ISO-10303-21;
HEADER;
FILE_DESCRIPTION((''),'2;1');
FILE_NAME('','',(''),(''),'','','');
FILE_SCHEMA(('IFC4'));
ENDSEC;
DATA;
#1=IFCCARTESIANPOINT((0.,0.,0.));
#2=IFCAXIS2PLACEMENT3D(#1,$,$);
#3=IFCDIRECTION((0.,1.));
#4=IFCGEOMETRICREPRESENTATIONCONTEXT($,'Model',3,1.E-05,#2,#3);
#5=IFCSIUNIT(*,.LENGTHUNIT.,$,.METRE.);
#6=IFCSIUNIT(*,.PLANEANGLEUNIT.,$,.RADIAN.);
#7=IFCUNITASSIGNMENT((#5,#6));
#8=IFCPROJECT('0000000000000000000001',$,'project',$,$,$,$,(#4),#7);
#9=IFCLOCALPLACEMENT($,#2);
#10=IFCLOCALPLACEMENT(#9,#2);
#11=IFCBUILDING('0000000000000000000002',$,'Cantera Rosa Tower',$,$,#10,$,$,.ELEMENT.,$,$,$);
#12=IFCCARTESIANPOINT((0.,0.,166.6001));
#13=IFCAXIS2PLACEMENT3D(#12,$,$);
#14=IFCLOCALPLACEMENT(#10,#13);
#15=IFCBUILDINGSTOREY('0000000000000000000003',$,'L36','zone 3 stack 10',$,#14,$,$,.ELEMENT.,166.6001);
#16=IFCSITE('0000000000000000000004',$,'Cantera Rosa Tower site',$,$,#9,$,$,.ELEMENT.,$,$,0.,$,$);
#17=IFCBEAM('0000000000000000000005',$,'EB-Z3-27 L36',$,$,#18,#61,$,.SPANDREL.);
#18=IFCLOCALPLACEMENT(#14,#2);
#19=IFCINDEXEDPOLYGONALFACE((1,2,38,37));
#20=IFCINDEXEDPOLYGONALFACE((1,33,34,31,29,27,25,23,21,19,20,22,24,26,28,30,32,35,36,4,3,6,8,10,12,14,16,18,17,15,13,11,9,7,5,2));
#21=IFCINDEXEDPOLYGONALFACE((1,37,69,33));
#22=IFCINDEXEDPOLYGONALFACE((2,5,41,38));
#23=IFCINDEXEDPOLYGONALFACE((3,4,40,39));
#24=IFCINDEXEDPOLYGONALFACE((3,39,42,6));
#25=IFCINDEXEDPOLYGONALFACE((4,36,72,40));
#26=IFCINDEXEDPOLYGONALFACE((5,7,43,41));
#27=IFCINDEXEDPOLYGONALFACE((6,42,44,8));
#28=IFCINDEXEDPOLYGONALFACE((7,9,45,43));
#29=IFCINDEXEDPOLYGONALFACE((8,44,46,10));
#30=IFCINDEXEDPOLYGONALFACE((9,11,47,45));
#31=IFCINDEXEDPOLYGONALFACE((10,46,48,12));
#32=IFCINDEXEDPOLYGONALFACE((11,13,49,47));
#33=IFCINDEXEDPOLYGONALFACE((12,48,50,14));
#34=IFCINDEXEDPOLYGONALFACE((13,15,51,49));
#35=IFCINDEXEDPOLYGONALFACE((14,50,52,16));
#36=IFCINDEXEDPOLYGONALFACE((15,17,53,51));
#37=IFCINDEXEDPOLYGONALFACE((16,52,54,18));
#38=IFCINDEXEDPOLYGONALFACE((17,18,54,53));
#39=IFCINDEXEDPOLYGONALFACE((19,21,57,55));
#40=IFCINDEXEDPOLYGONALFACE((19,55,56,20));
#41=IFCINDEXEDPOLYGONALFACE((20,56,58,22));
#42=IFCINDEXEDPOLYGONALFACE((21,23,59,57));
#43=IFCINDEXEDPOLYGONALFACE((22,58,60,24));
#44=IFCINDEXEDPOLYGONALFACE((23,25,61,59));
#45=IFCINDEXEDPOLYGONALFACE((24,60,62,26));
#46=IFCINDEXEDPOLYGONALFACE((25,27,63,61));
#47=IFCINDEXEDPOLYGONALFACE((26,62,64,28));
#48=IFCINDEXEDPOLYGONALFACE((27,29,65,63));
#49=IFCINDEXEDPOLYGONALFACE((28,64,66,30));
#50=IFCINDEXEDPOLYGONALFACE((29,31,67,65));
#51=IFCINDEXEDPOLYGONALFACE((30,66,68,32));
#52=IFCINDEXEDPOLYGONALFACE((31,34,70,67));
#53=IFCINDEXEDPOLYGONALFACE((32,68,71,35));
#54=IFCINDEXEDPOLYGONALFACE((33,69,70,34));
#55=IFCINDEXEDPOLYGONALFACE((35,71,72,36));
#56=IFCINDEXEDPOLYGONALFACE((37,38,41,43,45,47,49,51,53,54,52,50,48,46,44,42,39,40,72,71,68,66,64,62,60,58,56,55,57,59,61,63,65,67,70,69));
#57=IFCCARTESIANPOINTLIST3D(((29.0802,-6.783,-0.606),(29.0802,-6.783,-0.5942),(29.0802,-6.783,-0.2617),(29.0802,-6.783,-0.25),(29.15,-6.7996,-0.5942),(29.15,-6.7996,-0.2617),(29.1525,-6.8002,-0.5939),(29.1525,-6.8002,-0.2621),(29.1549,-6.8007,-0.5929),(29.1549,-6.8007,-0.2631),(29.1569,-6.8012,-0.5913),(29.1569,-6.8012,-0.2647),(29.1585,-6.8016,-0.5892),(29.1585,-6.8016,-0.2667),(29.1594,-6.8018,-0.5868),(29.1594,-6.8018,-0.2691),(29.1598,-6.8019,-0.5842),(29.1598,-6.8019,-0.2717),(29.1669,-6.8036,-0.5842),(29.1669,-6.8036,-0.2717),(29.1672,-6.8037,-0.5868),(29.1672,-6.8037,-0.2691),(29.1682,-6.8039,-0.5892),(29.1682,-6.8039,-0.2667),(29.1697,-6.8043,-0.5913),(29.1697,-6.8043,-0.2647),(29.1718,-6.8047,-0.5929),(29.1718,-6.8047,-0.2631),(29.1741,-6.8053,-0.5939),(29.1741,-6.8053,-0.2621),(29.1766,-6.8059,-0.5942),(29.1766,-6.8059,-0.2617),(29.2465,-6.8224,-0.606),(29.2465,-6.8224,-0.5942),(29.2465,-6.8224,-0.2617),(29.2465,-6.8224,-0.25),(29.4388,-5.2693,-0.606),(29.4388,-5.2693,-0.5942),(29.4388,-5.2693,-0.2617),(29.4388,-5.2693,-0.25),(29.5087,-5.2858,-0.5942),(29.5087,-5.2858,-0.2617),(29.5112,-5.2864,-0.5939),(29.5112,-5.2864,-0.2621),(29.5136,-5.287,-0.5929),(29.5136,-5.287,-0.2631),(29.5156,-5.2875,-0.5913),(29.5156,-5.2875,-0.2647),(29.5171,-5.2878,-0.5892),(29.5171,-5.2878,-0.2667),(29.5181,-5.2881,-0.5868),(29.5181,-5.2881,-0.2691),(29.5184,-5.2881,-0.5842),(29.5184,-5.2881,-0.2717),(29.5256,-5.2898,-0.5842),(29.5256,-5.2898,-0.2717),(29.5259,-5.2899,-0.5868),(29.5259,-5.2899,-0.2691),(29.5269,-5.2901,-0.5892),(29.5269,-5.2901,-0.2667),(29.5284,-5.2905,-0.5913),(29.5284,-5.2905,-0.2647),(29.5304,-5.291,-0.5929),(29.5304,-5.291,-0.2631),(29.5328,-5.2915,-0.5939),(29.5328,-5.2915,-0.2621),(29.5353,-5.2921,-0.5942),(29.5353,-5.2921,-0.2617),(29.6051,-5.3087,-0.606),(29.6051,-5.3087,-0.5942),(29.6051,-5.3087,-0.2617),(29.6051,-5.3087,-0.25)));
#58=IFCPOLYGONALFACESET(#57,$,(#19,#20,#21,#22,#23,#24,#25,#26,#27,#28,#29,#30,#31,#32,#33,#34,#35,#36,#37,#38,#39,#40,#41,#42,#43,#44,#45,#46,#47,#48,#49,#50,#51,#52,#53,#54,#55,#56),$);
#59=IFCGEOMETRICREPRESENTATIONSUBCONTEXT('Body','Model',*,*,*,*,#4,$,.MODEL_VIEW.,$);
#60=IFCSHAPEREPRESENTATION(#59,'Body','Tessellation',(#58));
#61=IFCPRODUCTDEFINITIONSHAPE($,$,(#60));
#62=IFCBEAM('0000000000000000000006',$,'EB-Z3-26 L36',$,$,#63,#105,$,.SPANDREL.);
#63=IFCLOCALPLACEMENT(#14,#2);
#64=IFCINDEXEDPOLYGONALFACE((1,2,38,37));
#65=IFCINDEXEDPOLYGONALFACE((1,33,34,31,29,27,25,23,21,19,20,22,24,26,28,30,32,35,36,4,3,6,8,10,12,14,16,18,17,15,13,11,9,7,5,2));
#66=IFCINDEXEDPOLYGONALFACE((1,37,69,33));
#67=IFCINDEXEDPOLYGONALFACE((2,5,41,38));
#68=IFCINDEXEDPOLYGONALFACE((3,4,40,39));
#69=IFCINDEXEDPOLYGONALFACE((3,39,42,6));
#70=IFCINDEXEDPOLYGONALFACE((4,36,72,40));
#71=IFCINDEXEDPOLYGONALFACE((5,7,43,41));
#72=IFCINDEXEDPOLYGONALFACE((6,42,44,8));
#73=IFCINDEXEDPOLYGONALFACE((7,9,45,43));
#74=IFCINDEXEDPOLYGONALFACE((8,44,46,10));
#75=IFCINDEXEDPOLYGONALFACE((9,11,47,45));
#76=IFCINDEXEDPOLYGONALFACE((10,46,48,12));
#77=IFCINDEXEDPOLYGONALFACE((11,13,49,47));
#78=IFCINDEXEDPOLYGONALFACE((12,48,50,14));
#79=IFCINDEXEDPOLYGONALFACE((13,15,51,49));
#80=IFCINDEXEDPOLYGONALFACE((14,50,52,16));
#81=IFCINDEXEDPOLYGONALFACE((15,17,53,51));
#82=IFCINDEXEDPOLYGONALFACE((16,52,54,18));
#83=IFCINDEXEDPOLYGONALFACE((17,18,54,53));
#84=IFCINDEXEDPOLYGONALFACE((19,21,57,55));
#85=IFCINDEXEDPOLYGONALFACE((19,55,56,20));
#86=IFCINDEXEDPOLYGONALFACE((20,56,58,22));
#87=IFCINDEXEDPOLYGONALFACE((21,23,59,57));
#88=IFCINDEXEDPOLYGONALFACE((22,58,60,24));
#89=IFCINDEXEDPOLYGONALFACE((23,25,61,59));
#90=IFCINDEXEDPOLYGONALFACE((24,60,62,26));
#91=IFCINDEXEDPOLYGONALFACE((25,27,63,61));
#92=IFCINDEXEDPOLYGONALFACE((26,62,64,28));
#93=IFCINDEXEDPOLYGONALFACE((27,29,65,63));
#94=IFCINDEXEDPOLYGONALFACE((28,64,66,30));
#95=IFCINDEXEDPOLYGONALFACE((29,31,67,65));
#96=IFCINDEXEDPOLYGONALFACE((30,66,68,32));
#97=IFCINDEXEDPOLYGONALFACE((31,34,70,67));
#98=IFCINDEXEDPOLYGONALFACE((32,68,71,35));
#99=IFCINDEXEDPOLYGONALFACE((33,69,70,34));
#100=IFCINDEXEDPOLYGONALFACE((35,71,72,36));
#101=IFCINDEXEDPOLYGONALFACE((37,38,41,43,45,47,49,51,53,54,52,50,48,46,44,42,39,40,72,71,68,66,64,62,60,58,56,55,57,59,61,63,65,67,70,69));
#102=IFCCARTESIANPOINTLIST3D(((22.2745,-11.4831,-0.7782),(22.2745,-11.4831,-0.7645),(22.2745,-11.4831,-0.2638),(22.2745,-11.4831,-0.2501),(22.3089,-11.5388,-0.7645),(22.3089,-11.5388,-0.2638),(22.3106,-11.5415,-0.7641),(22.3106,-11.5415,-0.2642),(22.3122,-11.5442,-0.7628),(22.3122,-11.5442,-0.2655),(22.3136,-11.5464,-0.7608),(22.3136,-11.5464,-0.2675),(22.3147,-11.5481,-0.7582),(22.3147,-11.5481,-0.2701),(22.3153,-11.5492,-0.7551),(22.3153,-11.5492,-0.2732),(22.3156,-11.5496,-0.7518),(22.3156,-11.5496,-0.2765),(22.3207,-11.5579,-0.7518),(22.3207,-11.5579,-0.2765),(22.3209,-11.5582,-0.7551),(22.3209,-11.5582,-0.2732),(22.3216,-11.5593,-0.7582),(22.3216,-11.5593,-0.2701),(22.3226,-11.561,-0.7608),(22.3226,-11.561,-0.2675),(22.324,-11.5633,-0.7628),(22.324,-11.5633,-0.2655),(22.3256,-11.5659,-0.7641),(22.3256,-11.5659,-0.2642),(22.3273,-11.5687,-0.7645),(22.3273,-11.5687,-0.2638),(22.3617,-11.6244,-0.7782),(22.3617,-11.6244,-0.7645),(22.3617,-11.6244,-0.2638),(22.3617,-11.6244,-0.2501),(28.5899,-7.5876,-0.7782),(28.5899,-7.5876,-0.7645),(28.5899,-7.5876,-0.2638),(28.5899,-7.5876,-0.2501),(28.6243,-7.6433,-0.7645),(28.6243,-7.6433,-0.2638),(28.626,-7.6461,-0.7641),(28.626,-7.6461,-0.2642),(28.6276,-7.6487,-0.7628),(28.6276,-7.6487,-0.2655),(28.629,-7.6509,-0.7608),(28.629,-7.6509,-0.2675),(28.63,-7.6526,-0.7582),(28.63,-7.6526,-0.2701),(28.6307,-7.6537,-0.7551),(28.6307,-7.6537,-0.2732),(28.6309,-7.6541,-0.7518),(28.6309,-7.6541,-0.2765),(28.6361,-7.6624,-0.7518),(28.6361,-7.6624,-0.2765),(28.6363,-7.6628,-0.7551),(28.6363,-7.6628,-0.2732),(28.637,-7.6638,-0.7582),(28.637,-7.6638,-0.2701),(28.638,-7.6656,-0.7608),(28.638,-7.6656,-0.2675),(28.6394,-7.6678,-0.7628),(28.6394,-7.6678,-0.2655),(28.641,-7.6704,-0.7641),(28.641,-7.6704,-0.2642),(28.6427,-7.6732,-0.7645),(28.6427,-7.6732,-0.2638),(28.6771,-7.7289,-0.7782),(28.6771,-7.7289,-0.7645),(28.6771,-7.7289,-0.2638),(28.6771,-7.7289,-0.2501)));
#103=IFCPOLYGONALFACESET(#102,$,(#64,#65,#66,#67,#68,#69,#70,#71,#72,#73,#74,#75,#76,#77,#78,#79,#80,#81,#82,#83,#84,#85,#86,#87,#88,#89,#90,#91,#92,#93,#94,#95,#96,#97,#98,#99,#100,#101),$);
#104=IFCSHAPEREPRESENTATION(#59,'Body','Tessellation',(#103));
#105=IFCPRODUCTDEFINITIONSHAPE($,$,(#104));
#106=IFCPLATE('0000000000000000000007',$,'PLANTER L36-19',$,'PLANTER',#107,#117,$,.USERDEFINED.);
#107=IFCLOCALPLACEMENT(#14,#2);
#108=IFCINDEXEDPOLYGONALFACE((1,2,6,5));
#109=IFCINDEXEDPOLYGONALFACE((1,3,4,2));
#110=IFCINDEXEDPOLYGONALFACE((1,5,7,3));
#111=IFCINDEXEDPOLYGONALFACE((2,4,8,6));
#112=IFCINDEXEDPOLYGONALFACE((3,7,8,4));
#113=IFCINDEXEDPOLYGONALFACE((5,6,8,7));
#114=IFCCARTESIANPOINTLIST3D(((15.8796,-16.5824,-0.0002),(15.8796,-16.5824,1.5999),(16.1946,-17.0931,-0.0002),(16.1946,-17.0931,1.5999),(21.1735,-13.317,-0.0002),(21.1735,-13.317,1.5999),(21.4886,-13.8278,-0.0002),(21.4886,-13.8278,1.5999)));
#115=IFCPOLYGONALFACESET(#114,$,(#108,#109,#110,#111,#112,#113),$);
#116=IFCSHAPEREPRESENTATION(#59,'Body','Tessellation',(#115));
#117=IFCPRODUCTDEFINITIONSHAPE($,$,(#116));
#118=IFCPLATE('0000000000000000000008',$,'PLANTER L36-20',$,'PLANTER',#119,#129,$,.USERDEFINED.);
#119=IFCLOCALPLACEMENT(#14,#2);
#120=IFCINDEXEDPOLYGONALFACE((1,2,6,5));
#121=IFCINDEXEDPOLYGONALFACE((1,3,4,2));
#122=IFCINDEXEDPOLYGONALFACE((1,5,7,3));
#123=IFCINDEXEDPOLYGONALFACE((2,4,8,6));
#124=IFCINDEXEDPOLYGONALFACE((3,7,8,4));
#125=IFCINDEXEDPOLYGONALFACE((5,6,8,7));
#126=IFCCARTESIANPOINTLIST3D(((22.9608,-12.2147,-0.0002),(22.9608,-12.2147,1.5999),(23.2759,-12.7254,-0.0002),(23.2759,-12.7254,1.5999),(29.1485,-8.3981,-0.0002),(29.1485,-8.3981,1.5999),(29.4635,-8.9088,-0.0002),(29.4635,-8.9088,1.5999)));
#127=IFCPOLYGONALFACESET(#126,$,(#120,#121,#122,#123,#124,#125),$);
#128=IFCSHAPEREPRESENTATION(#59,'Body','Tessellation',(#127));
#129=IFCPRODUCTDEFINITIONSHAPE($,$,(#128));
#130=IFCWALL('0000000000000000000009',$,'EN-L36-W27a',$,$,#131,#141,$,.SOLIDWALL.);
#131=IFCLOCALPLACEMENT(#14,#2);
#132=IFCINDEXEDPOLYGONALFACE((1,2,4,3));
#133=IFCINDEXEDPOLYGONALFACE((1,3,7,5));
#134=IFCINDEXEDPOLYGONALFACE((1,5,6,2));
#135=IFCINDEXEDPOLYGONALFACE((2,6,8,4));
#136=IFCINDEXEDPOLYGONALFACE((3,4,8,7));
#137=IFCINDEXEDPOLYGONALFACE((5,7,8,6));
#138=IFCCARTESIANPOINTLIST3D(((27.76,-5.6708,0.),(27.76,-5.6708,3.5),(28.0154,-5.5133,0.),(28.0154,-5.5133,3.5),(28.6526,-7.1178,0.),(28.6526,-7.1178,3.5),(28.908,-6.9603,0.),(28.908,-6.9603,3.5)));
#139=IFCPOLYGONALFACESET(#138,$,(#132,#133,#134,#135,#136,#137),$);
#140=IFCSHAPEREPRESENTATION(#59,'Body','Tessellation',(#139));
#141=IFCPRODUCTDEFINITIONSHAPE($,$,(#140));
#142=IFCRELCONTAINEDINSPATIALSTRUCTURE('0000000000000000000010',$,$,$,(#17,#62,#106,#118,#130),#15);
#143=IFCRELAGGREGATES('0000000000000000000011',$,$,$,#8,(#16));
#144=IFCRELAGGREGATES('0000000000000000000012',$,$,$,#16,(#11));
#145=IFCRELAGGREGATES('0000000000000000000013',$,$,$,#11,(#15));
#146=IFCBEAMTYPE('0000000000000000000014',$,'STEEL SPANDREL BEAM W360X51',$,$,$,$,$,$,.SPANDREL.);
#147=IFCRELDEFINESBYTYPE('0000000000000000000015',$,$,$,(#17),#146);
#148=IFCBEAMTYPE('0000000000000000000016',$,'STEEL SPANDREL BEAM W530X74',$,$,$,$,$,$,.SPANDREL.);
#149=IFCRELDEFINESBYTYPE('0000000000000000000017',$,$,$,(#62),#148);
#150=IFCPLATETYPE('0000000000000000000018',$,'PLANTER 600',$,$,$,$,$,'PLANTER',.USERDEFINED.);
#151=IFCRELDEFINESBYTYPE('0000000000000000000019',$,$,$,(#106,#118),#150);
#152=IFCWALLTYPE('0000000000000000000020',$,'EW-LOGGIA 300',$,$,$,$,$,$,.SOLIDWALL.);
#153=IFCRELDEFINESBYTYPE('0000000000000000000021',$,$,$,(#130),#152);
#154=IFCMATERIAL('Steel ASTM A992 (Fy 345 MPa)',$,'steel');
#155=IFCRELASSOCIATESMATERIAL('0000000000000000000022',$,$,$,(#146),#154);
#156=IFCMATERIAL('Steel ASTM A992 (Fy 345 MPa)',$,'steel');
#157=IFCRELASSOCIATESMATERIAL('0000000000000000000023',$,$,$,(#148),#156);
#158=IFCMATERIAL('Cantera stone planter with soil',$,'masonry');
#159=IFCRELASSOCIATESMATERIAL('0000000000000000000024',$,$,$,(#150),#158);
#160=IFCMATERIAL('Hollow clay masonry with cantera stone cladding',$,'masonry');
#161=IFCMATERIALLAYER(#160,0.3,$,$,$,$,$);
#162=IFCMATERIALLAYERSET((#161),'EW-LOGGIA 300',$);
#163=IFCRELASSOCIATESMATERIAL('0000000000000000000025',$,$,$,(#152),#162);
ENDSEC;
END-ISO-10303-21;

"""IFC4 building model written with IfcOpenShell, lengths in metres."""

from ifc_helpers import new_model, si_unit, direction, frame, frame_2d, origin, origin_2d, place, context, subcontext, project, spatial, rectangle, i_section, extrude, material, layer, layer_set, material_profile, profile_set, type_object, element, save


model = new_model("IFC4")

# Units and contexts
model_context = context("Model", 3, precision=1e-05, world=origin(), true_north=direction((0.0, 1.0)))
body_context = subcontext(model_context, "Body", "Model", "MODEL_VIEW")
ifc_project = project(units=[si_unit("LENGTHUNIT", "METRE"), si_unit("PLANEANGLEUNIT", "RADIAN")], contexts=[model_context])

# Site, building, storey
site_placement = place(None, origin())
site = spatial("IfcSite", under=ifc_project, at=site_placement, Name="Cantera Rosa Tower site", CompositionType="ELEMENT", RefElevation=0.0)
building_placement = place(site_placement, origin())
building = spatial("IfcBuilding", under=site, at=building_placement, Name="Cantera Rosa Tower", CompositionType="ELEMENT")
storey_placement = place(building_placement, frame((0.0, 0.0, 166.6001)))
storey = spatial("IfcBuildingStorey", under=building, at=storey_placement, Name="L36", Description="zone 3 stack 10", CompositionType="ELEMENT", Elevation=166.6001)

# Beams
ifc_material_1 = material(Name="Steel ASTM A992 (Fy 345 MPa)", Category="steel")
ifc_material_profile_1 = material_profile(ifc_material_1, i_section(OverallWidth=0.1709, OverallDepth=0.356, WebThickness=0.0073, FlangeThickness=0.0117, FilletRadius=0.01, at=origin_2d()), Name="W360X51")
ifc_profile_set_1 = profile_set([ifc_material_profile_1], Name="Steel ASTM A992 (Fy 345 MPa)")
beam_type_1 = type_object("IfcBeamType", Name="STEEL SPANDREL BEAM W360X51", PredefinedType="SPANDREL", material=ifc_profile_set_1)
beam_1_placement = place(storey_placement, frame((29.1633, -6.8027, -0.428), z_axis=(0.230552, 0.97306, 0.0), x_axis=(-0.97306, 0.230552, 0.0)))
element("IfcBeam", 1, at=beam_1_placement, inside=storey, type_object=beam_type_1, Name="EB-Z3-27 L36", PredefinedType="SPANDREL", context=body_context, shape_type="SweptSolid", body=[
    extrude(i_section(OverallWidth=0.1709, OverallDepth=0.356, WebThickness=0.0073, FlangeThickness=0.0117, FilletRadius=0.01, at=origin_2d()), origin(), (0.0, 0.0, 1.0), 1.5557),
])
ifc_material_2 = material(Name="Steel ASTM A992 (Fy 345 MPa)", Category="steel")
ifc_material_profile_2 = material_profile(ifc_material_2, i_section(OverallWidth=0.166, OverallDepth=0.5281, WebThickness=0.0098, FlangeThickness=0.0137, FilletRadius=0.0127, at=origin_2d()), Name="W530X74")
ifc_profile_set_2 = profile_set([ifc_material_profile_2], Name="Steel ASTM A992 (Fy 345 MPa)")
beam_type_2 = type_object("IfcBeamType", Name="STEEL SPANDREL BEAM W530X74", PredefinedType="SPANDREL", material=ifc_profile_set_2)
beam_2_placement = place(storey_placement, frame((22.3181, -11.5537, -0.5142), z_axis=(0.851111, 0.524986, 0.0), x_axis=(-0.524986, 0.851111, 0.0)))
element("IfcBeam", 2, at=beam_2_placement, inside=storey, type_object=beam_type_2, Name="EB-Z3-26 L36", PredefinedType="SPANDREL", context=body_context, shape_type="SweptSolid", body=[
    extrude(i_section(OverallWidth=0.166, OverallDepth=0.5281, WebThickness=0.0098, FlangeThickness=0.0137, FilletRadius=0.0127, at=origin_2d()), origin(), (0.0, 0.0, 1.0), 7.4202),
])

# Plates
ifc_material_3 = material(Name="Cantera stone planter with soil", Category="masonry")
plate_type = type_object("IfcPlateType", Name="PLANTER 600", ElementType="PLANTER", PredefinedType="USERDEFINED", material=ifc_material_3)
plate_1_placement = place(storey_placement, frame((18.6841, -15.2051, -0.0002), z_axis=(0.0, 0.0, 1.0), x_axis=(0.851117, 0.524977, 0.0)))
element("IfcPlate", 3, at=plate_1_placement, inside=storey, type_object=plate_type, Name="PLANTER L36-19", ObjectType="PLANTER", PredefinedType="USERDEFINED", context=body_context, shape_type="SweptSolid", body=[
    extrude(rectangle(XDim=6.22, YDim=0.6001, at=origin_2d()), origin(), (0.0, 0.0, 1.0), 1.6001),
])
plate_2_placement = place(storey_placement, frame((26.2122, -10.5618, -0.0002), z_axis=(0.0, 0.0, 1.0), x_axis=(0.851117, 0.524977, 0.0)))
element("IfcPlate", 4, at=plate_2_placement, inside=storey, type_object=plate_type, Name="PLANTER L36-20", ObjectType="PLANTER", PredefinedType="USERDEFINED", context=body_context, shape_type="SweptSolid", body=[
    extrude(rectangle(XDim=7.27, YDim=0.6001, at=origin_2d()), origin(), (0.0, 0.0, 1.0), 1.6001),
])

# Wall
ifc_material_4 = material(Name="Hollow clay masonry with cantera stone cladding", Category="masonry")
ifc_layer_1 = layer(ifc_material_4, 0.3)
ifc_layer_set_1 = layer_set([ifc_layer_1], Name="EW-LOGGIA 300")
wall_type_1 = type_object("IfcWallType", Name="EW-LOGGIA 300", PredefinedType="SOLIDWALL", material=ifc_layer_set_1)
wall_1_placement = place(storey_placement, frame((28.7803, -7.0391, 0.0), z_axis=(0.0, 0.0, 1.0), x_axis=(-0.524994, 0.851106, 0.0)))
element("IfcWall", 5, at=wall_1_placement, inside=storey, type_object=wall_type_1, Name="EN-L36-W27a", PredefinedType="SOLIDWALL", context=body_context, shape_type="SweptSolid", body=[
    extrude(rectangle(XDim=1.7002, YDim=0.3, at=frame_2d((0.8501, 0.0))), origin(), (0.0, 0.0, 1.0), 3.5),
])

save(model, "model.ifc")
